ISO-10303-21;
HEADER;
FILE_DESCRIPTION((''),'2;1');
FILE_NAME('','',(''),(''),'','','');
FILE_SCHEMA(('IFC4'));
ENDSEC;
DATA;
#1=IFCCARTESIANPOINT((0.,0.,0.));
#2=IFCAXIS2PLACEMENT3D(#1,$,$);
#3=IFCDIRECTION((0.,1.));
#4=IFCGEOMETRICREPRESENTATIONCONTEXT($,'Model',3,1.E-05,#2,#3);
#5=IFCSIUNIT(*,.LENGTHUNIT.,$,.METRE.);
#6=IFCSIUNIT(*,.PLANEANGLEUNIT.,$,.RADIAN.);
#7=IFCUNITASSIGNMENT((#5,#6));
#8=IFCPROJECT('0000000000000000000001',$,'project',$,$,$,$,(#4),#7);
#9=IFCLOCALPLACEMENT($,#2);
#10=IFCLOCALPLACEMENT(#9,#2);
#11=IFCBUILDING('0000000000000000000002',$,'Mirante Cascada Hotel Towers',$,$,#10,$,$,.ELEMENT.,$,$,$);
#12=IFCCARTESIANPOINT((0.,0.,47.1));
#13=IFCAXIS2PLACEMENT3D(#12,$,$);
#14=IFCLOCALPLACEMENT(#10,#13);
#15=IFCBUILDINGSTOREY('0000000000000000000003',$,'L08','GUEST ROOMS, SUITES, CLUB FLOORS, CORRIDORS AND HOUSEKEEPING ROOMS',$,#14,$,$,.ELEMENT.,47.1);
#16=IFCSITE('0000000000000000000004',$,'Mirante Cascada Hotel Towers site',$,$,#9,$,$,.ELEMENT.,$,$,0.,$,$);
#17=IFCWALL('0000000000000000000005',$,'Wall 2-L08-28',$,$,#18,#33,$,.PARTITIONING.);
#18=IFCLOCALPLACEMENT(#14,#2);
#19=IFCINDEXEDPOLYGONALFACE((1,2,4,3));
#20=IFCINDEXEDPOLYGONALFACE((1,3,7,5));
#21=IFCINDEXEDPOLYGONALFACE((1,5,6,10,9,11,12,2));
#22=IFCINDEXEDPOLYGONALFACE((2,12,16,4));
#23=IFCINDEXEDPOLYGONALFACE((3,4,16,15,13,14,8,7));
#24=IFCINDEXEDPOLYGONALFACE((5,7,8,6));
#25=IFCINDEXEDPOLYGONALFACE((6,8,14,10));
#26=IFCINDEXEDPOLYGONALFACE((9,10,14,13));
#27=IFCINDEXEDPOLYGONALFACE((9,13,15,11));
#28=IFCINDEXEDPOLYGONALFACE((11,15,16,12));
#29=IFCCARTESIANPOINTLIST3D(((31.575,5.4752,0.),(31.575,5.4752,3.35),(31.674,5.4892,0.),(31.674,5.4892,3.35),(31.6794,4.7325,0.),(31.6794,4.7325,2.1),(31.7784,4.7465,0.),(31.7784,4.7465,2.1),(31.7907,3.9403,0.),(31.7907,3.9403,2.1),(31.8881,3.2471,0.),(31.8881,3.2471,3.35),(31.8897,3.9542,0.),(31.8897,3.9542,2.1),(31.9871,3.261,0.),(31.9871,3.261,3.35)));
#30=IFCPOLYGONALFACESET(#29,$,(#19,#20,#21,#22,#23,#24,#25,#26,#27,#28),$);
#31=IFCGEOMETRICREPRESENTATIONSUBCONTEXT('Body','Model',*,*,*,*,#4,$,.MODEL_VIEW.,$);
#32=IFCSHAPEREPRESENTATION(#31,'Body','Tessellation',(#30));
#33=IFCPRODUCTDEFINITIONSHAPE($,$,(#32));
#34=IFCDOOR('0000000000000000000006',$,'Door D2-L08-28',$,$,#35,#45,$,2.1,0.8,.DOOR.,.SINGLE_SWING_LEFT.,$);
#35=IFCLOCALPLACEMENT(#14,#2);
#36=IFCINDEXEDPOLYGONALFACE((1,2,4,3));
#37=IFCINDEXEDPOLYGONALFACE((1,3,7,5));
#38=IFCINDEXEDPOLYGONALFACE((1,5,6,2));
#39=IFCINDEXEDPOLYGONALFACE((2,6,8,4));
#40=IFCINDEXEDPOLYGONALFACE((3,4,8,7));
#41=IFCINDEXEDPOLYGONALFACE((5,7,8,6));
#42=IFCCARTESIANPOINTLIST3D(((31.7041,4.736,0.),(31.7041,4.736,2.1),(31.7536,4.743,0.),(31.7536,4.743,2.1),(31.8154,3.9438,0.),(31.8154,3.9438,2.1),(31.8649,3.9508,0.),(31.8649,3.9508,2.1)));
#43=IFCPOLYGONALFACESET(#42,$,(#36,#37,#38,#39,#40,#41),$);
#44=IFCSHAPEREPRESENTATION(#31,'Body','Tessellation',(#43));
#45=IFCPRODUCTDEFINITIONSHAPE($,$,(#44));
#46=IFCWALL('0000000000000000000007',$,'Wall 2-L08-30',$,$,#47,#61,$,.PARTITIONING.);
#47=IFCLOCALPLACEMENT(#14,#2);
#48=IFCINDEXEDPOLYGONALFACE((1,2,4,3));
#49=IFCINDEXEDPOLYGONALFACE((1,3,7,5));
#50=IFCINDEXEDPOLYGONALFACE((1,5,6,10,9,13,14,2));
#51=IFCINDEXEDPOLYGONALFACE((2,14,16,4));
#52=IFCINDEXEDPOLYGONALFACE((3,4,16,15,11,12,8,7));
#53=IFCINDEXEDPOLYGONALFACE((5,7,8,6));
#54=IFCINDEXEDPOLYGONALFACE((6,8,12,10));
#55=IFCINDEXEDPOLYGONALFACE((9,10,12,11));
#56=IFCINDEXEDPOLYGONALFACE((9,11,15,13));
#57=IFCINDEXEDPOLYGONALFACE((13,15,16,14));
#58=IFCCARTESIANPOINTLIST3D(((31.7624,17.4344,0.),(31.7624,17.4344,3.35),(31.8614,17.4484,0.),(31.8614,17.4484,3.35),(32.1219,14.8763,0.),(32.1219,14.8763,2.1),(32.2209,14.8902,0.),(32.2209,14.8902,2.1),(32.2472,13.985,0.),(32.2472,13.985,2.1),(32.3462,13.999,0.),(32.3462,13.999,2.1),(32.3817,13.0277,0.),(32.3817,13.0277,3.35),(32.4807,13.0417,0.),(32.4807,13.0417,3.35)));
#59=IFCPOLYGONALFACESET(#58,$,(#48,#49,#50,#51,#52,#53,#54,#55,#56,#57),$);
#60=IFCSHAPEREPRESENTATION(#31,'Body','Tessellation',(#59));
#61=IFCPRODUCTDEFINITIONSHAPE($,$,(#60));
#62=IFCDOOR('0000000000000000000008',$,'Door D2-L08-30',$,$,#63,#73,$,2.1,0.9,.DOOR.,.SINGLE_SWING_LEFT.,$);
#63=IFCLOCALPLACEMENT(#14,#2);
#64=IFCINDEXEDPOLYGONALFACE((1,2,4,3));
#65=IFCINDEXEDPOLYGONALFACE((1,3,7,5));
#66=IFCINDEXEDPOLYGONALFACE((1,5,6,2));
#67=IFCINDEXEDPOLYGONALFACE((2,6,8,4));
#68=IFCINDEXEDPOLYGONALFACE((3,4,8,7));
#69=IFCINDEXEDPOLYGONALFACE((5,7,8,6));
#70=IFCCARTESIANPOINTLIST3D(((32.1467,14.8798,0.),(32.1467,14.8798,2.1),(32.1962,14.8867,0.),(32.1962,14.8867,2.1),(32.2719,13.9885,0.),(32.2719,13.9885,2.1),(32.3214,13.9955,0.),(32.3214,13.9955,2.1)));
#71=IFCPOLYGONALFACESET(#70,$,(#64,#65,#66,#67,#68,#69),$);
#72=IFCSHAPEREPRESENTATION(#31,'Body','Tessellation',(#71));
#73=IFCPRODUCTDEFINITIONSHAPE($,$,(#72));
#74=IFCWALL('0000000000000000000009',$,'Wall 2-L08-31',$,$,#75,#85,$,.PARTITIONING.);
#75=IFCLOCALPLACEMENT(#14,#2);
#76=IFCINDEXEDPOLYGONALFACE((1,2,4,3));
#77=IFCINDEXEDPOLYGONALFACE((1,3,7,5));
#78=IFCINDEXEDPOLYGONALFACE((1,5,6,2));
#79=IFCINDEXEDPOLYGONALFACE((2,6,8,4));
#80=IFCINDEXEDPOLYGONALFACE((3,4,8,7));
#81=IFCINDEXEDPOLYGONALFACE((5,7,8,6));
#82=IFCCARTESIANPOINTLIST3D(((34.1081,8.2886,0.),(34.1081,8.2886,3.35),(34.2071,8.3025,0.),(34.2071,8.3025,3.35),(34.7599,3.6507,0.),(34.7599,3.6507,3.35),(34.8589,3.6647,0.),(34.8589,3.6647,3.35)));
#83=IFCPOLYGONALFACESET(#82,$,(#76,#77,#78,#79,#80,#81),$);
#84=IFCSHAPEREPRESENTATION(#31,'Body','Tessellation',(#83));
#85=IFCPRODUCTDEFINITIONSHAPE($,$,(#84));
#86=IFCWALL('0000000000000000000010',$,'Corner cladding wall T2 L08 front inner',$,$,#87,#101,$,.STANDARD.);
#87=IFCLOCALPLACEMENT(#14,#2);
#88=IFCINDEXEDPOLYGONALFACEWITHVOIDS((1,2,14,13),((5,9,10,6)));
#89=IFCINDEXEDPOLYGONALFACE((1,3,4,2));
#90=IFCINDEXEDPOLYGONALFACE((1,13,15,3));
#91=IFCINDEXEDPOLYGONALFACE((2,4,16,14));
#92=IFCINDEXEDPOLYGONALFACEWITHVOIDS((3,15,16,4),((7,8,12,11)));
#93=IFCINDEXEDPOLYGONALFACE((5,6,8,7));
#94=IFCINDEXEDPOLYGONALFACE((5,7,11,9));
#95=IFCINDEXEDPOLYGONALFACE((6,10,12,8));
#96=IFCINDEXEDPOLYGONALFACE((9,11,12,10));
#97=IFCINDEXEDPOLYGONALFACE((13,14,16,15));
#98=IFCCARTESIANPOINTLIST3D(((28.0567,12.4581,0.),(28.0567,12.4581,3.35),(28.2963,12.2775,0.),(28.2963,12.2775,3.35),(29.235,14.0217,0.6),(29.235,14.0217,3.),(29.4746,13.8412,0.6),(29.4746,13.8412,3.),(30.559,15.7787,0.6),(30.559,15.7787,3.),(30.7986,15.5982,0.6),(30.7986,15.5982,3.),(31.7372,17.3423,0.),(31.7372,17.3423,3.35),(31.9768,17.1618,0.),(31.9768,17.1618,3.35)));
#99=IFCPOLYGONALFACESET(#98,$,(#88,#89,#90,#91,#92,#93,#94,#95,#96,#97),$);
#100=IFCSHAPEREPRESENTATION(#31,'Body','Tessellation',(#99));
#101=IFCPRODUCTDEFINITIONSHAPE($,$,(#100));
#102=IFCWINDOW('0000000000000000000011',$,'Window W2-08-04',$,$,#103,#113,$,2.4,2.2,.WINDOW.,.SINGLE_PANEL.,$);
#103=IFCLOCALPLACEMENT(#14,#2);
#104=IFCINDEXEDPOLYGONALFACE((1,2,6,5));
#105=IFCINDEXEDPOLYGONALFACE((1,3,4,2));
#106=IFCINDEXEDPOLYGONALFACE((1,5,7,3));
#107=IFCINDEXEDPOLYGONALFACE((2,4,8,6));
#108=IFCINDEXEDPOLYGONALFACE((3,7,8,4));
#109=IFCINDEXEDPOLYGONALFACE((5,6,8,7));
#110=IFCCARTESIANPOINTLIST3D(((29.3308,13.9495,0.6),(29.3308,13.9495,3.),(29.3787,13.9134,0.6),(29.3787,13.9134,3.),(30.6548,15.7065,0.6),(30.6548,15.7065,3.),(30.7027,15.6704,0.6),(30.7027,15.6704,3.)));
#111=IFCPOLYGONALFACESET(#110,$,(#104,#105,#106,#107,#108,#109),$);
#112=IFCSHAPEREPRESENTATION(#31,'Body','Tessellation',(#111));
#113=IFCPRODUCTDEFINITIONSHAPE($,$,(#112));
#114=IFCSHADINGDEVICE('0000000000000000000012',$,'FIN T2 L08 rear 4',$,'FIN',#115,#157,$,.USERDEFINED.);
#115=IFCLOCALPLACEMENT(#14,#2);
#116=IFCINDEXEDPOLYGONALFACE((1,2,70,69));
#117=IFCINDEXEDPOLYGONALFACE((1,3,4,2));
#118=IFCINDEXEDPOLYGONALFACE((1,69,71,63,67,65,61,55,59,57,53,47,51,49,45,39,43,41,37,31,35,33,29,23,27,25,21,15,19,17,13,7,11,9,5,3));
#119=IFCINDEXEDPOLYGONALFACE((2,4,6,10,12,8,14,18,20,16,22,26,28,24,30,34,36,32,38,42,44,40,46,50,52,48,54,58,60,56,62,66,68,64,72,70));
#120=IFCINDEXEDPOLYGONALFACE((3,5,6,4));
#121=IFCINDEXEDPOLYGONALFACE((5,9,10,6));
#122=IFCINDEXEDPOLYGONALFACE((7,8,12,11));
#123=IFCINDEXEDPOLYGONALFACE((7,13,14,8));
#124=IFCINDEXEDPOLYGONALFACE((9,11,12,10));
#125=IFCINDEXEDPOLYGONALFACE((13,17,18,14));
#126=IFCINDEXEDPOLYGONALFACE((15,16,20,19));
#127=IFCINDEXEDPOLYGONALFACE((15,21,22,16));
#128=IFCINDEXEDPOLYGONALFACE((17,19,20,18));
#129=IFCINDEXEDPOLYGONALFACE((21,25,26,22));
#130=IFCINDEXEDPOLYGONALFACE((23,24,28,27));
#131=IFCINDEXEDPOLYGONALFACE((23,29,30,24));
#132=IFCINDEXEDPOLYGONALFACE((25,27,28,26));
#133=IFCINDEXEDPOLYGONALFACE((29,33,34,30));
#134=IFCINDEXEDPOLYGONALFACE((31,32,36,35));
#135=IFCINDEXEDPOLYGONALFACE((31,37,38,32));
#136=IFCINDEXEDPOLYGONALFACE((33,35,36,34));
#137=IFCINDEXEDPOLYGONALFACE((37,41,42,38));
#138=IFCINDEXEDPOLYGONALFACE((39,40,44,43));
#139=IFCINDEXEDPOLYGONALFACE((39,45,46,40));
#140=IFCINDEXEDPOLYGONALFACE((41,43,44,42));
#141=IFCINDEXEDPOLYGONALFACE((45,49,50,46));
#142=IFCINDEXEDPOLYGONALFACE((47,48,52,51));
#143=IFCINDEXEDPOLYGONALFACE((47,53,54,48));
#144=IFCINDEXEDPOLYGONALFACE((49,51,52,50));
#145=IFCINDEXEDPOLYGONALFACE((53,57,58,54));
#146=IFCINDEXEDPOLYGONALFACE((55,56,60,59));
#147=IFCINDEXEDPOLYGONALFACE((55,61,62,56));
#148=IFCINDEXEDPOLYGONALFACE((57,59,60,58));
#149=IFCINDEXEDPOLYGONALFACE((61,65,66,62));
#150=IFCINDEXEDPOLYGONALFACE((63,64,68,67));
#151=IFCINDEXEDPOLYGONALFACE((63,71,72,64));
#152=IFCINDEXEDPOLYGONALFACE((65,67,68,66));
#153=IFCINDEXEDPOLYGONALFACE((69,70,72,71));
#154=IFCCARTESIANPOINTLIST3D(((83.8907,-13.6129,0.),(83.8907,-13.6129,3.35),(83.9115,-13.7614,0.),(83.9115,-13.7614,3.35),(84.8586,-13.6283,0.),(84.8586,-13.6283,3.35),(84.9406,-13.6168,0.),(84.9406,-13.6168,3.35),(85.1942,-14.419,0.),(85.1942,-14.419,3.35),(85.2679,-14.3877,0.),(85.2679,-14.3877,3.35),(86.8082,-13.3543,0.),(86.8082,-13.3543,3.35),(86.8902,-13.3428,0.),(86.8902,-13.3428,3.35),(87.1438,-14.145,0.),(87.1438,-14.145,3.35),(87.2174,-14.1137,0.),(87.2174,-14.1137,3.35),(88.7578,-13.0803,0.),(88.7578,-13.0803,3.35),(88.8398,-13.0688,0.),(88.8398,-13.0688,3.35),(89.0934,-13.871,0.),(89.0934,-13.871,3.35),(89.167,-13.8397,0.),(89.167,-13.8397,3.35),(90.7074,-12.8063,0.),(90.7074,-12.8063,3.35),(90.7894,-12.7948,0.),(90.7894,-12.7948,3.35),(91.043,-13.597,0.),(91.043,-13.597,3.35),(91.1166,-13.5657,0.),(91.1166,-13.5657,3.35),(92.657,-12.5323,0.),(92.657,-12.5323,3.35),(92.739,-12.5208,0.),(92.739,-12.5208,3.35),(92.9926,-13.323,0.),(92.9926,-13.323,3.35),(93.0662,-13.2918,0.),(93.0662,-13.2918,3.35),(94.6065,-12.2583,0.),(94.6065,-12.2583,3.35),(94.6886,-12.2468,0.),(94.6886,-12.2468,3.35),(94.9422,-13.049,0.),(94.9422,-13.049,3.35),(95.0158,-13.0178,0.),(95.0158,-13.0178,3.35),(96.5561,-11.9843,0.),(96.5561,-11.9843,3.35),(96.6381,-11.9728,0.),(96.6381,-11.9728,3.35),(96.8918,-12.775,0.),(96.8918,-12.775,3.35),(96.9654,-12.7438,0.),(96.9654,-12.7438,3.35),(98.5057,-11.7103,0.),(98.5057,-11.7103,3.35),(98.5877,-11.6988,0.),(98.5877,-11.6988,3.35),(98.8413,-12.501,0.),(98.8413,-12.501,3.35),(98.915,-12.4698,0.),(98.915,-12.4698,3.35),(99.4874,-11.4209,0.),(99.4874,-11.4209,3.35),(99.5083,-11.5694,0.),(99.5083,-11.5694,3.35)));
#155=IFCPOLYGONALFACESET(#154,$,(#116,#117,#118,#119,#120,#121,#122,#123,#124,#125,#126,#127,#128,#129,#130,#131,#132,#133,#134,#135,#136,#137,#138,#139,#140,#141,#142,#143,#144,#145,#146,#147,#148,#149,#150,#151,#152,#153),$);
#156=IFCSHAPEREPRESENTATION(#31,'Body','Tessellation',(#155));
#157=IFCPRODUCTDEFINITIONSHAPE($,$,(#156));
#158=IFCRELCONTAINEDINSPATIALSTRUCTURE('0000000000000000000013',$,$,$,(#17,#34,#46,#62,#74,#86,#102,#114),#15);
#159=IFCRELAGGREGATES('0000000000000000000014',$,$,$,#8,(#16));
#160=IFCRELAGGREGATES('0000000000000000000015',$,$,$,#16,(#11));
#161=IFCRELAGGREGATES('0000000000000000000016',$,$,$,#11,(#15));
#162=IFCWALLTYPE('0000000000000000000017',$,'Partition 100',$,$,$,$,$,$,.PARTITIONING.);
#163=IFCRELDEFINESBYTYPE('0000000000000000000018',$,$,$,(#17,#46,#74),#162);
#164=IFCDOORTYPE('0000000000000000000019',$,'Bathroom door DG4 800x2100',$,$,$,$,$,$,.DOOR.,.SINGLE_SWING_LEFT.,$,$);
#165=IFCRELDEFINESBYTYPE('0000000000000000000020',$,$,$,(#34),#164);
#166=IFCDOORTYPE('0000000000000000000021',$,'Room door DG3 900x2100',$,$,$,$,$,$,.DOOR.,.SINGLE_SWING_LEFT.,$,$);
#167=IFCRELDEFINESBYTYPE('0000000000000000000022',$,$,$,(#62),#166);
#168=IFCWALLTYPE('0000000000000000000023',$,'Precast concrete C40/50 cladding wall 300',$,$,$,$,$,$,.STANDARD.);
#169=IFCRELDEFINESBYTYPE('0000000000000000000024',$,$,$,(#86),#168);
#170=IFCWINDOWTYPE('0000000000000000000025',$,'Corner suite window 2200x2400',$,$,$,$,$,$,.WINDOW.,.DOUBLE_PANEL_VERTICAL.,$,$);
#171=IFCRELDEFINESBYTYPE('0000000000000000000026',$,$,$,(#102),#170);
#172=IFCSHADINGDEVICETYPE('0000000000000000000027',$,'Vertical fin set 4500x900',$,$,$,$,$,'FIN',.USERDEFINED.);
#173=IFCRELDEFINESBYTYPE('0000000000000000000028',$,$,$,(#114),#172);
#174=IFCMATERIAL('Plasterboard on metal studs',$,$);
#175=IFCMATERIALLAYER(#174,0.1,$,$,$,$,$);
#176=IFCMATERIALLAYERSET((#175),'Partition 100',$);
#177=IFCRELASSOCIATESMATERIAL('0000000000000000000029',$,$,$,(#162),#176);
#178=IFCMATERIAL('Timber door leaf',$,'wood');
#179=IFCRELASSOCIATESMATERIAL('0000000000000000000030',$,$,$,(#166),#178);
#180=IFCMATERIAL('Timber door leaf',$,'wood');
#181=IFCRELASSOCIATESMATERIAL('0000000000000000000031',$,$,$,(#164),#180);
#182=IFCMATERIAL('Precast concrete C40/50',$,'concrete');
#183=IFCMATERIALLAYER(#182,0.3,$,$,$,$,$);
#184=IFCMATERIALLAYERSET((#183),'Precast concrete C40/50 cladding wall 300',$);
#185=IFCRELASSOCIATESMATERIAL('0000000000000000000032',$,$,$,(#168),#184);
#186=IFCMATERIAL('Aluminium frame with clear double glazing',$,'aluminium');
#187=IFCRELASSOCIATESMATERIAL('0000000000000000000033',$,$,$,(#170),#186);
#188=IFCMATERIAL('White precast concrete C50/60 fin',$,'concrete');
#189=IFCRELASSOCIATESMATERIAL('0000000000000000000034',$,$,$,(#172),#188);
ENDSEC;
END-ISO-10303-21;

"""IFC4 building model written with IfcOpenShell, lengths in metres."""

from ifc_helpers import new_model, si_unit, direction, frame, frame_2d, origin, place, context, subcontext, project, spatial, polyline, rectangle, outline, extrude, material, layer, layer_set, type_object, element, fill, save


model = new_model("IFC4")

# Units and contexts
model_context = context("Model", 3, precision=1e-05, world=origin(), true_north=direction((0.0, 1.0)))
body_context = subcontext(model_context, "Body", "Model", "MODEL_VIEW")
ifc_project = project(units=[si_unit("LENGTHUNIT", "METRE"), si_unit("PLANEANGLEUNIT", "RADIAN")], contexts=[model_context])

# Site, building, storey
site_placement = place(None, origin())
site = spatial("IfcSite", under=ifc_project, at=site_placement, Name="Mirante Cascada Hotel Towers site", CompositionType="ELEMENT", RefElevation=0.0)
building_placement = place(site_placement, origin())
building = spatial("IfcBuilding", under=site, at=building_placement, Name="Mirante Cascada Hotel Towers", CompositionType="ELEMENT")
storey_placement = place(building_placement, frame((0.0, 0.0, 47.1)))
storey = spatial("IfcBuildingStorey", under=building, at=storey_placement, Name="L08", Description="GUEST ROOMS, SUITES, CLUB FLOORS, CORRIDORS AND HOUSEKEEPING ROOMS", CompositionType="ELEMENT", Elevation=47.1)

# Shared definitions
ifc_material_1 = material(Name="Plasterboard on metal studs")
ifc_layer_1 = layer(ifc_material_1, 0.1)
ifc_layer_set_1 = layer_set([ifc_layer_1], Name="Partition 100")
wall_type_1 = type_object("IfcWallType", Name="Partition 100", PredefinedType="PARTITIONING", material=ifc_layer_set_1)

# Shared definitions
ifc_material_2 = material(Name="Timber door leaf", Category="wood")
door_type_1 = type_object("IfcDoorType", Name="Room door DG3 900x2100", OperationType="SINGLE_SWING_LEFT", PredefinedType="DOOR", material=ifc_material_2)

# Walls, openings, doors
wall_1_placement = place(storey_placement, frame((31.6245, 5.4822, 0.0), z_axis=(0.0, 0.0, 1.0), x_axis=(0.139156, -0.990271, 0.0)))
wall_1 = element("IfcWall", 1, at=wall_1_placement, inside=storey, type_object=wall_type_1, Name="Wall 2-L08-28", PredefinedType="PARTITIONING", context=body_context, shape_type="SweptSolid", body=[
    extrude(rectangle(XDim=2.25, YDim=0.1, at=frame_2d((1.125, 0.0))), origin(), (0.0, 0.0, 1.0), 3.35),
])
opening_1_placement = place(wall_1_placement, frame((0.75, 0.0, 0.0)))
opening_1 = element("IfcOpeningElement", 2, at=opening_1_placement, cuts=wall_1, PredefinedType="OPENING", context=body_context, shape_type="SweptSolid", body=[
    extrude(rectangle(XDim=0.8, YDim=2.1, at=frame_2d((0.4, 1.05))), frame((0.0, 0.05, 0.0), z_axis=(0.0, -1.0, 0.0), x_axis=(1.0, 0.0, 0.0)), (0.0, 0.0, 1.0), 0.1),
])
ifc_material_3 = material(Name="Timber door leaf", Category="wood")
door_type_2 = type_object("IfcDoorType", Name="Bathroom door DG4 800x2100", OperationType="SINGLE_SWING_LEFT", PredefinedType="DOOR", material=ifc_material_3)
door_1_placement = place(opening_1_placement, origin())
door_1 = element("IfcDoor", 3, at=door_1_placement, inside=storey, type_object=door_type_2, Name="Door D2-L08-28", OperationType="SINGLE_SWING_LEFT", OverallHeight=2.1, OverallWidth=0.8, PredefinedType="DOOR", context=body_context, shape_type="SweptSolid", body=[
    extrude(rectangle(XDim=0.8, YDim=2.1, at=frame_2d((0.4, 1.05))), frame((0.0, 0.025, 0.0), z_axis=(0.0, -1.0, 0.0), x_axis=(1.0, 0.0, 0.0)), (0.0, 0.0, 1.0), 0.05),
])
fill(opening_1, door_1)
wall_2_placement = place(storey_placement, frame((31.8119, 17.4414, 0.0), z_axis=(0.0, 0.0, 1.0), x_axis=(0.139168, -0.990269, 0.0)))
wall_2 = element("IfcWall", 4, at=wall_2_placement, inside=storey, type_object=wall_type_1, Name="Wall 2-L08-30", PredefinedType="PARTITIONING", context=body_context, shape_type="SweptSolid", body=[
    extrude(rectangle(XDim=4.45, YDim=0.1, at=frame_2d((2.225, 0.0))), origin(), (0.0, 0.0, 1.0), 3.35),
])
opening_2_placement = place(wall_2_placement, frame((2.5833, 0.0, 0.0)))
opening_2 = element("IfcOpeningElement", 5, at=opening_2_placement, cuts=wall_2, PredefinedType="OPENING", context=body_context, shape_type="SweptSolid", body=[
    extrude(rectangle(XDim=0.9, YDim=2.1, at=frame_2d((0.45, 1.05))), frame((0.0, 0.05, 0.0), z_axis=(0.0, -1.0, 0.0), x_axis=(1.0, 0.0, 0.0)), (0.0, 0.0, 1.0), 0.1),
])
door_2_placement = place(opening_2_placement, origin())
door_2 = element("IfcDoor", 6, at=door_2_placement, inside=storey, type_object=door_type_1, Name="Door D2-L08-30", OperationType="SINGLE_SWING_LEFT", OverallHeight=2.1, OverallWidth=0.9, PredefinedType="DOOR", context=body_context, shape_type="SweptSolid", body=[
    extrude(rectangle(XDim=0.9, YDim=2.1, at=frame_2d((0.45, 1.05))), frame((0.0, 0.025, 0.0), z_axis=(0.0, -1.0, 0.0), x_axis=(1.0, 0.0, 0.0)), (0.0, 0.0, 1.0), 0.05),
])
fill(opening_2, door_2)

# Wall
wall_3_placement = place(storey_placement, frame((34.8094, 3.6577, 0.0), z_axis=(0.0, 0.0, 1.0), x_axis=(-0.139173, 0.990268, 0.0)))
element("IfcWall", 7, at=wall_3_placement, inside=storey, type_object=wall_type_1, Name="Wall 2-L08-31", PredefinedType="PARTITIONING", context=body_context, shape_type="SweptSolid", body=[
    extrude(rectangle(XDim=4.6834, YDim=0.1, at=frame_2d((2.3417, 0.0))), origin(), (0.0, 0.0, 1.0), 3.35),
])

# Wall, opening, window
ifc_material_4 = material(Name="Precast concrete C40/50", Category="concrete")
ifc_layer_2 = layer(ifc_material_4, 0.3)
ifc_layer_set_2 = layer_set([ifc_layer_2], Name="Precast concrete C40/50 cladding wall 300")
wall_type_2 = type_object("IfcWallType", Name="Precast concrete C40/50 cladding wall 300", PredefinedType="STANDARD", material=ifc_layer_set_2)
wall_4_placement = place(storey_placement, frame((31.857, 17.252, 0.0), z_axis=(0.0, 0.0, 1.0), x_axis=(-0.601814, -0.798636, 0.0)))
wall_4 = element("IfcWall", 8, at=wall_4_placement, inside=storey, type_object=wall_type_2, Name="Corner cladding wall T2 L08 front inner", PredefinedType="STANDARD", context=body_context, shape_type="SweptSolid", body=[
    extrude(rectangle(XDim=6.1157, YDim=0.3, at=frame_2d((3.0578, 0.0))), origin(), (0.0, 0.0, 1.0), 3.35),
])
opening_3_placement = place(wall_4_placement, frame((1.9578, 0.0, 0.6)))
opening_3 = element("IfcOpeningElement", 9, at=opening_3_placement, cuts=wall_4, PredefinedType="OPENING", context=body_context, shape_type="SweptSolid", body=[
    extrude(rectangle(XDim=2.2, YDim=2.4, at=frame_2d((1.1, 1.2))), frame((0.0, 0.15, 0.0), z_axis=(0.0, -1.0, 0.0), x_axis=(1.0, 0.0, 0.0)), (0.0, 0.0, 1.0), 0.3),
])
ifc_material_5 = material(Name="Aluminium frame with clear double glazing", Category="aluminium")
window_type = type_object("IfcWindowType", Name="Corner suite window 2200x2400", PartitioningType="DOUBLE_PANEL_VERTICAL", PredefinedType="WINDOW", material=ifc_material_5)
window_placement = place(opening_3_placement, origin())
window = element("IfcWindow", 10, at=window_placement, inside=storey, type_object=window_type, Name="Window W2-08-04", OverallHeight=2.4, OverallWidth=2.2, PartitioningType="SINGLE_PANEL", PredefinedType="WINDOW", context=body_context, shape_type="SweptSolid", body=[
    extrude(rectangle(XDim=2.2, YDim=2.4, at=frame_2d((1.1, 1.2))), frame((0.0, 0.03, 0.0), z_axis=(0.0, -1.0, 0.0), x_axis=(1.0, 0.0, 0.0)), (0.0, 0.0, 1.0), 0.06),
])
fill(opening_3, window)

# Shading device
ifc_material_6 = material(Name="White precast concrete C50/60 fin", Category="concrete")
shading_device_type = type_object("IfcShadingDeviceType", Name="Vertical fin set 4500x900", ElementType="FIN", PredefinedType="USERDEFINED", material=ifc_material_6)
shading_device_placement = place(storey_placement, origin())
element("IfcShadingDevice", 11, at=shading_device_placement, inside=storey, type_object=shading_device_type, Name="FIN T2 L08 rear 4", ObjectType="FIN", PredefinedType="USERDEFINED", context=body_context, shape_type="SweptSolid", body=[
    extrude(outline(polyline([(85.1942, -14.419), (84.8586, -13.6283), (83.9115, -13.7614), (83.8907, -13.6129), (99.4874, -11.4209), (99.5083, -11.5694), (98.5877, -11.6988), (98.915, -12.4698), (98.8413, -12.501), (98.5057, -11.7103), (96.6381, -11.9728), (96.9654, -12.7438), (96.8918, -12.775), (96.5561, -11.9843), (94.6886, -12.2468), (95.0158, -13.0178), (94.9422, -13.049), (94.6065, -12.2583), (92.739, -12.5208), (93.0662, -13.2918), (92.9926, -13.323), (92.657, -12.5323), (90.7894, -12.7948), (91.1166, -13.5657), (91.043, -13.597), (90.7074, -12.8063), (88.8398, -13.0688), (89.167, -13.8397), (89.0934, -13.871), (88.7578, -13.0803), (86.8902, -13.3428), (87.2174, -14.1137), (87.1438, -14.145), (86.8082, -13.3543), (84.9406, -13.6168), (85.2679, -14.3877), (85.1942, -14.419)])), origin(), (0.0, 0.0, 1.0), 3.35),
])

save(model, "model.ifc")
